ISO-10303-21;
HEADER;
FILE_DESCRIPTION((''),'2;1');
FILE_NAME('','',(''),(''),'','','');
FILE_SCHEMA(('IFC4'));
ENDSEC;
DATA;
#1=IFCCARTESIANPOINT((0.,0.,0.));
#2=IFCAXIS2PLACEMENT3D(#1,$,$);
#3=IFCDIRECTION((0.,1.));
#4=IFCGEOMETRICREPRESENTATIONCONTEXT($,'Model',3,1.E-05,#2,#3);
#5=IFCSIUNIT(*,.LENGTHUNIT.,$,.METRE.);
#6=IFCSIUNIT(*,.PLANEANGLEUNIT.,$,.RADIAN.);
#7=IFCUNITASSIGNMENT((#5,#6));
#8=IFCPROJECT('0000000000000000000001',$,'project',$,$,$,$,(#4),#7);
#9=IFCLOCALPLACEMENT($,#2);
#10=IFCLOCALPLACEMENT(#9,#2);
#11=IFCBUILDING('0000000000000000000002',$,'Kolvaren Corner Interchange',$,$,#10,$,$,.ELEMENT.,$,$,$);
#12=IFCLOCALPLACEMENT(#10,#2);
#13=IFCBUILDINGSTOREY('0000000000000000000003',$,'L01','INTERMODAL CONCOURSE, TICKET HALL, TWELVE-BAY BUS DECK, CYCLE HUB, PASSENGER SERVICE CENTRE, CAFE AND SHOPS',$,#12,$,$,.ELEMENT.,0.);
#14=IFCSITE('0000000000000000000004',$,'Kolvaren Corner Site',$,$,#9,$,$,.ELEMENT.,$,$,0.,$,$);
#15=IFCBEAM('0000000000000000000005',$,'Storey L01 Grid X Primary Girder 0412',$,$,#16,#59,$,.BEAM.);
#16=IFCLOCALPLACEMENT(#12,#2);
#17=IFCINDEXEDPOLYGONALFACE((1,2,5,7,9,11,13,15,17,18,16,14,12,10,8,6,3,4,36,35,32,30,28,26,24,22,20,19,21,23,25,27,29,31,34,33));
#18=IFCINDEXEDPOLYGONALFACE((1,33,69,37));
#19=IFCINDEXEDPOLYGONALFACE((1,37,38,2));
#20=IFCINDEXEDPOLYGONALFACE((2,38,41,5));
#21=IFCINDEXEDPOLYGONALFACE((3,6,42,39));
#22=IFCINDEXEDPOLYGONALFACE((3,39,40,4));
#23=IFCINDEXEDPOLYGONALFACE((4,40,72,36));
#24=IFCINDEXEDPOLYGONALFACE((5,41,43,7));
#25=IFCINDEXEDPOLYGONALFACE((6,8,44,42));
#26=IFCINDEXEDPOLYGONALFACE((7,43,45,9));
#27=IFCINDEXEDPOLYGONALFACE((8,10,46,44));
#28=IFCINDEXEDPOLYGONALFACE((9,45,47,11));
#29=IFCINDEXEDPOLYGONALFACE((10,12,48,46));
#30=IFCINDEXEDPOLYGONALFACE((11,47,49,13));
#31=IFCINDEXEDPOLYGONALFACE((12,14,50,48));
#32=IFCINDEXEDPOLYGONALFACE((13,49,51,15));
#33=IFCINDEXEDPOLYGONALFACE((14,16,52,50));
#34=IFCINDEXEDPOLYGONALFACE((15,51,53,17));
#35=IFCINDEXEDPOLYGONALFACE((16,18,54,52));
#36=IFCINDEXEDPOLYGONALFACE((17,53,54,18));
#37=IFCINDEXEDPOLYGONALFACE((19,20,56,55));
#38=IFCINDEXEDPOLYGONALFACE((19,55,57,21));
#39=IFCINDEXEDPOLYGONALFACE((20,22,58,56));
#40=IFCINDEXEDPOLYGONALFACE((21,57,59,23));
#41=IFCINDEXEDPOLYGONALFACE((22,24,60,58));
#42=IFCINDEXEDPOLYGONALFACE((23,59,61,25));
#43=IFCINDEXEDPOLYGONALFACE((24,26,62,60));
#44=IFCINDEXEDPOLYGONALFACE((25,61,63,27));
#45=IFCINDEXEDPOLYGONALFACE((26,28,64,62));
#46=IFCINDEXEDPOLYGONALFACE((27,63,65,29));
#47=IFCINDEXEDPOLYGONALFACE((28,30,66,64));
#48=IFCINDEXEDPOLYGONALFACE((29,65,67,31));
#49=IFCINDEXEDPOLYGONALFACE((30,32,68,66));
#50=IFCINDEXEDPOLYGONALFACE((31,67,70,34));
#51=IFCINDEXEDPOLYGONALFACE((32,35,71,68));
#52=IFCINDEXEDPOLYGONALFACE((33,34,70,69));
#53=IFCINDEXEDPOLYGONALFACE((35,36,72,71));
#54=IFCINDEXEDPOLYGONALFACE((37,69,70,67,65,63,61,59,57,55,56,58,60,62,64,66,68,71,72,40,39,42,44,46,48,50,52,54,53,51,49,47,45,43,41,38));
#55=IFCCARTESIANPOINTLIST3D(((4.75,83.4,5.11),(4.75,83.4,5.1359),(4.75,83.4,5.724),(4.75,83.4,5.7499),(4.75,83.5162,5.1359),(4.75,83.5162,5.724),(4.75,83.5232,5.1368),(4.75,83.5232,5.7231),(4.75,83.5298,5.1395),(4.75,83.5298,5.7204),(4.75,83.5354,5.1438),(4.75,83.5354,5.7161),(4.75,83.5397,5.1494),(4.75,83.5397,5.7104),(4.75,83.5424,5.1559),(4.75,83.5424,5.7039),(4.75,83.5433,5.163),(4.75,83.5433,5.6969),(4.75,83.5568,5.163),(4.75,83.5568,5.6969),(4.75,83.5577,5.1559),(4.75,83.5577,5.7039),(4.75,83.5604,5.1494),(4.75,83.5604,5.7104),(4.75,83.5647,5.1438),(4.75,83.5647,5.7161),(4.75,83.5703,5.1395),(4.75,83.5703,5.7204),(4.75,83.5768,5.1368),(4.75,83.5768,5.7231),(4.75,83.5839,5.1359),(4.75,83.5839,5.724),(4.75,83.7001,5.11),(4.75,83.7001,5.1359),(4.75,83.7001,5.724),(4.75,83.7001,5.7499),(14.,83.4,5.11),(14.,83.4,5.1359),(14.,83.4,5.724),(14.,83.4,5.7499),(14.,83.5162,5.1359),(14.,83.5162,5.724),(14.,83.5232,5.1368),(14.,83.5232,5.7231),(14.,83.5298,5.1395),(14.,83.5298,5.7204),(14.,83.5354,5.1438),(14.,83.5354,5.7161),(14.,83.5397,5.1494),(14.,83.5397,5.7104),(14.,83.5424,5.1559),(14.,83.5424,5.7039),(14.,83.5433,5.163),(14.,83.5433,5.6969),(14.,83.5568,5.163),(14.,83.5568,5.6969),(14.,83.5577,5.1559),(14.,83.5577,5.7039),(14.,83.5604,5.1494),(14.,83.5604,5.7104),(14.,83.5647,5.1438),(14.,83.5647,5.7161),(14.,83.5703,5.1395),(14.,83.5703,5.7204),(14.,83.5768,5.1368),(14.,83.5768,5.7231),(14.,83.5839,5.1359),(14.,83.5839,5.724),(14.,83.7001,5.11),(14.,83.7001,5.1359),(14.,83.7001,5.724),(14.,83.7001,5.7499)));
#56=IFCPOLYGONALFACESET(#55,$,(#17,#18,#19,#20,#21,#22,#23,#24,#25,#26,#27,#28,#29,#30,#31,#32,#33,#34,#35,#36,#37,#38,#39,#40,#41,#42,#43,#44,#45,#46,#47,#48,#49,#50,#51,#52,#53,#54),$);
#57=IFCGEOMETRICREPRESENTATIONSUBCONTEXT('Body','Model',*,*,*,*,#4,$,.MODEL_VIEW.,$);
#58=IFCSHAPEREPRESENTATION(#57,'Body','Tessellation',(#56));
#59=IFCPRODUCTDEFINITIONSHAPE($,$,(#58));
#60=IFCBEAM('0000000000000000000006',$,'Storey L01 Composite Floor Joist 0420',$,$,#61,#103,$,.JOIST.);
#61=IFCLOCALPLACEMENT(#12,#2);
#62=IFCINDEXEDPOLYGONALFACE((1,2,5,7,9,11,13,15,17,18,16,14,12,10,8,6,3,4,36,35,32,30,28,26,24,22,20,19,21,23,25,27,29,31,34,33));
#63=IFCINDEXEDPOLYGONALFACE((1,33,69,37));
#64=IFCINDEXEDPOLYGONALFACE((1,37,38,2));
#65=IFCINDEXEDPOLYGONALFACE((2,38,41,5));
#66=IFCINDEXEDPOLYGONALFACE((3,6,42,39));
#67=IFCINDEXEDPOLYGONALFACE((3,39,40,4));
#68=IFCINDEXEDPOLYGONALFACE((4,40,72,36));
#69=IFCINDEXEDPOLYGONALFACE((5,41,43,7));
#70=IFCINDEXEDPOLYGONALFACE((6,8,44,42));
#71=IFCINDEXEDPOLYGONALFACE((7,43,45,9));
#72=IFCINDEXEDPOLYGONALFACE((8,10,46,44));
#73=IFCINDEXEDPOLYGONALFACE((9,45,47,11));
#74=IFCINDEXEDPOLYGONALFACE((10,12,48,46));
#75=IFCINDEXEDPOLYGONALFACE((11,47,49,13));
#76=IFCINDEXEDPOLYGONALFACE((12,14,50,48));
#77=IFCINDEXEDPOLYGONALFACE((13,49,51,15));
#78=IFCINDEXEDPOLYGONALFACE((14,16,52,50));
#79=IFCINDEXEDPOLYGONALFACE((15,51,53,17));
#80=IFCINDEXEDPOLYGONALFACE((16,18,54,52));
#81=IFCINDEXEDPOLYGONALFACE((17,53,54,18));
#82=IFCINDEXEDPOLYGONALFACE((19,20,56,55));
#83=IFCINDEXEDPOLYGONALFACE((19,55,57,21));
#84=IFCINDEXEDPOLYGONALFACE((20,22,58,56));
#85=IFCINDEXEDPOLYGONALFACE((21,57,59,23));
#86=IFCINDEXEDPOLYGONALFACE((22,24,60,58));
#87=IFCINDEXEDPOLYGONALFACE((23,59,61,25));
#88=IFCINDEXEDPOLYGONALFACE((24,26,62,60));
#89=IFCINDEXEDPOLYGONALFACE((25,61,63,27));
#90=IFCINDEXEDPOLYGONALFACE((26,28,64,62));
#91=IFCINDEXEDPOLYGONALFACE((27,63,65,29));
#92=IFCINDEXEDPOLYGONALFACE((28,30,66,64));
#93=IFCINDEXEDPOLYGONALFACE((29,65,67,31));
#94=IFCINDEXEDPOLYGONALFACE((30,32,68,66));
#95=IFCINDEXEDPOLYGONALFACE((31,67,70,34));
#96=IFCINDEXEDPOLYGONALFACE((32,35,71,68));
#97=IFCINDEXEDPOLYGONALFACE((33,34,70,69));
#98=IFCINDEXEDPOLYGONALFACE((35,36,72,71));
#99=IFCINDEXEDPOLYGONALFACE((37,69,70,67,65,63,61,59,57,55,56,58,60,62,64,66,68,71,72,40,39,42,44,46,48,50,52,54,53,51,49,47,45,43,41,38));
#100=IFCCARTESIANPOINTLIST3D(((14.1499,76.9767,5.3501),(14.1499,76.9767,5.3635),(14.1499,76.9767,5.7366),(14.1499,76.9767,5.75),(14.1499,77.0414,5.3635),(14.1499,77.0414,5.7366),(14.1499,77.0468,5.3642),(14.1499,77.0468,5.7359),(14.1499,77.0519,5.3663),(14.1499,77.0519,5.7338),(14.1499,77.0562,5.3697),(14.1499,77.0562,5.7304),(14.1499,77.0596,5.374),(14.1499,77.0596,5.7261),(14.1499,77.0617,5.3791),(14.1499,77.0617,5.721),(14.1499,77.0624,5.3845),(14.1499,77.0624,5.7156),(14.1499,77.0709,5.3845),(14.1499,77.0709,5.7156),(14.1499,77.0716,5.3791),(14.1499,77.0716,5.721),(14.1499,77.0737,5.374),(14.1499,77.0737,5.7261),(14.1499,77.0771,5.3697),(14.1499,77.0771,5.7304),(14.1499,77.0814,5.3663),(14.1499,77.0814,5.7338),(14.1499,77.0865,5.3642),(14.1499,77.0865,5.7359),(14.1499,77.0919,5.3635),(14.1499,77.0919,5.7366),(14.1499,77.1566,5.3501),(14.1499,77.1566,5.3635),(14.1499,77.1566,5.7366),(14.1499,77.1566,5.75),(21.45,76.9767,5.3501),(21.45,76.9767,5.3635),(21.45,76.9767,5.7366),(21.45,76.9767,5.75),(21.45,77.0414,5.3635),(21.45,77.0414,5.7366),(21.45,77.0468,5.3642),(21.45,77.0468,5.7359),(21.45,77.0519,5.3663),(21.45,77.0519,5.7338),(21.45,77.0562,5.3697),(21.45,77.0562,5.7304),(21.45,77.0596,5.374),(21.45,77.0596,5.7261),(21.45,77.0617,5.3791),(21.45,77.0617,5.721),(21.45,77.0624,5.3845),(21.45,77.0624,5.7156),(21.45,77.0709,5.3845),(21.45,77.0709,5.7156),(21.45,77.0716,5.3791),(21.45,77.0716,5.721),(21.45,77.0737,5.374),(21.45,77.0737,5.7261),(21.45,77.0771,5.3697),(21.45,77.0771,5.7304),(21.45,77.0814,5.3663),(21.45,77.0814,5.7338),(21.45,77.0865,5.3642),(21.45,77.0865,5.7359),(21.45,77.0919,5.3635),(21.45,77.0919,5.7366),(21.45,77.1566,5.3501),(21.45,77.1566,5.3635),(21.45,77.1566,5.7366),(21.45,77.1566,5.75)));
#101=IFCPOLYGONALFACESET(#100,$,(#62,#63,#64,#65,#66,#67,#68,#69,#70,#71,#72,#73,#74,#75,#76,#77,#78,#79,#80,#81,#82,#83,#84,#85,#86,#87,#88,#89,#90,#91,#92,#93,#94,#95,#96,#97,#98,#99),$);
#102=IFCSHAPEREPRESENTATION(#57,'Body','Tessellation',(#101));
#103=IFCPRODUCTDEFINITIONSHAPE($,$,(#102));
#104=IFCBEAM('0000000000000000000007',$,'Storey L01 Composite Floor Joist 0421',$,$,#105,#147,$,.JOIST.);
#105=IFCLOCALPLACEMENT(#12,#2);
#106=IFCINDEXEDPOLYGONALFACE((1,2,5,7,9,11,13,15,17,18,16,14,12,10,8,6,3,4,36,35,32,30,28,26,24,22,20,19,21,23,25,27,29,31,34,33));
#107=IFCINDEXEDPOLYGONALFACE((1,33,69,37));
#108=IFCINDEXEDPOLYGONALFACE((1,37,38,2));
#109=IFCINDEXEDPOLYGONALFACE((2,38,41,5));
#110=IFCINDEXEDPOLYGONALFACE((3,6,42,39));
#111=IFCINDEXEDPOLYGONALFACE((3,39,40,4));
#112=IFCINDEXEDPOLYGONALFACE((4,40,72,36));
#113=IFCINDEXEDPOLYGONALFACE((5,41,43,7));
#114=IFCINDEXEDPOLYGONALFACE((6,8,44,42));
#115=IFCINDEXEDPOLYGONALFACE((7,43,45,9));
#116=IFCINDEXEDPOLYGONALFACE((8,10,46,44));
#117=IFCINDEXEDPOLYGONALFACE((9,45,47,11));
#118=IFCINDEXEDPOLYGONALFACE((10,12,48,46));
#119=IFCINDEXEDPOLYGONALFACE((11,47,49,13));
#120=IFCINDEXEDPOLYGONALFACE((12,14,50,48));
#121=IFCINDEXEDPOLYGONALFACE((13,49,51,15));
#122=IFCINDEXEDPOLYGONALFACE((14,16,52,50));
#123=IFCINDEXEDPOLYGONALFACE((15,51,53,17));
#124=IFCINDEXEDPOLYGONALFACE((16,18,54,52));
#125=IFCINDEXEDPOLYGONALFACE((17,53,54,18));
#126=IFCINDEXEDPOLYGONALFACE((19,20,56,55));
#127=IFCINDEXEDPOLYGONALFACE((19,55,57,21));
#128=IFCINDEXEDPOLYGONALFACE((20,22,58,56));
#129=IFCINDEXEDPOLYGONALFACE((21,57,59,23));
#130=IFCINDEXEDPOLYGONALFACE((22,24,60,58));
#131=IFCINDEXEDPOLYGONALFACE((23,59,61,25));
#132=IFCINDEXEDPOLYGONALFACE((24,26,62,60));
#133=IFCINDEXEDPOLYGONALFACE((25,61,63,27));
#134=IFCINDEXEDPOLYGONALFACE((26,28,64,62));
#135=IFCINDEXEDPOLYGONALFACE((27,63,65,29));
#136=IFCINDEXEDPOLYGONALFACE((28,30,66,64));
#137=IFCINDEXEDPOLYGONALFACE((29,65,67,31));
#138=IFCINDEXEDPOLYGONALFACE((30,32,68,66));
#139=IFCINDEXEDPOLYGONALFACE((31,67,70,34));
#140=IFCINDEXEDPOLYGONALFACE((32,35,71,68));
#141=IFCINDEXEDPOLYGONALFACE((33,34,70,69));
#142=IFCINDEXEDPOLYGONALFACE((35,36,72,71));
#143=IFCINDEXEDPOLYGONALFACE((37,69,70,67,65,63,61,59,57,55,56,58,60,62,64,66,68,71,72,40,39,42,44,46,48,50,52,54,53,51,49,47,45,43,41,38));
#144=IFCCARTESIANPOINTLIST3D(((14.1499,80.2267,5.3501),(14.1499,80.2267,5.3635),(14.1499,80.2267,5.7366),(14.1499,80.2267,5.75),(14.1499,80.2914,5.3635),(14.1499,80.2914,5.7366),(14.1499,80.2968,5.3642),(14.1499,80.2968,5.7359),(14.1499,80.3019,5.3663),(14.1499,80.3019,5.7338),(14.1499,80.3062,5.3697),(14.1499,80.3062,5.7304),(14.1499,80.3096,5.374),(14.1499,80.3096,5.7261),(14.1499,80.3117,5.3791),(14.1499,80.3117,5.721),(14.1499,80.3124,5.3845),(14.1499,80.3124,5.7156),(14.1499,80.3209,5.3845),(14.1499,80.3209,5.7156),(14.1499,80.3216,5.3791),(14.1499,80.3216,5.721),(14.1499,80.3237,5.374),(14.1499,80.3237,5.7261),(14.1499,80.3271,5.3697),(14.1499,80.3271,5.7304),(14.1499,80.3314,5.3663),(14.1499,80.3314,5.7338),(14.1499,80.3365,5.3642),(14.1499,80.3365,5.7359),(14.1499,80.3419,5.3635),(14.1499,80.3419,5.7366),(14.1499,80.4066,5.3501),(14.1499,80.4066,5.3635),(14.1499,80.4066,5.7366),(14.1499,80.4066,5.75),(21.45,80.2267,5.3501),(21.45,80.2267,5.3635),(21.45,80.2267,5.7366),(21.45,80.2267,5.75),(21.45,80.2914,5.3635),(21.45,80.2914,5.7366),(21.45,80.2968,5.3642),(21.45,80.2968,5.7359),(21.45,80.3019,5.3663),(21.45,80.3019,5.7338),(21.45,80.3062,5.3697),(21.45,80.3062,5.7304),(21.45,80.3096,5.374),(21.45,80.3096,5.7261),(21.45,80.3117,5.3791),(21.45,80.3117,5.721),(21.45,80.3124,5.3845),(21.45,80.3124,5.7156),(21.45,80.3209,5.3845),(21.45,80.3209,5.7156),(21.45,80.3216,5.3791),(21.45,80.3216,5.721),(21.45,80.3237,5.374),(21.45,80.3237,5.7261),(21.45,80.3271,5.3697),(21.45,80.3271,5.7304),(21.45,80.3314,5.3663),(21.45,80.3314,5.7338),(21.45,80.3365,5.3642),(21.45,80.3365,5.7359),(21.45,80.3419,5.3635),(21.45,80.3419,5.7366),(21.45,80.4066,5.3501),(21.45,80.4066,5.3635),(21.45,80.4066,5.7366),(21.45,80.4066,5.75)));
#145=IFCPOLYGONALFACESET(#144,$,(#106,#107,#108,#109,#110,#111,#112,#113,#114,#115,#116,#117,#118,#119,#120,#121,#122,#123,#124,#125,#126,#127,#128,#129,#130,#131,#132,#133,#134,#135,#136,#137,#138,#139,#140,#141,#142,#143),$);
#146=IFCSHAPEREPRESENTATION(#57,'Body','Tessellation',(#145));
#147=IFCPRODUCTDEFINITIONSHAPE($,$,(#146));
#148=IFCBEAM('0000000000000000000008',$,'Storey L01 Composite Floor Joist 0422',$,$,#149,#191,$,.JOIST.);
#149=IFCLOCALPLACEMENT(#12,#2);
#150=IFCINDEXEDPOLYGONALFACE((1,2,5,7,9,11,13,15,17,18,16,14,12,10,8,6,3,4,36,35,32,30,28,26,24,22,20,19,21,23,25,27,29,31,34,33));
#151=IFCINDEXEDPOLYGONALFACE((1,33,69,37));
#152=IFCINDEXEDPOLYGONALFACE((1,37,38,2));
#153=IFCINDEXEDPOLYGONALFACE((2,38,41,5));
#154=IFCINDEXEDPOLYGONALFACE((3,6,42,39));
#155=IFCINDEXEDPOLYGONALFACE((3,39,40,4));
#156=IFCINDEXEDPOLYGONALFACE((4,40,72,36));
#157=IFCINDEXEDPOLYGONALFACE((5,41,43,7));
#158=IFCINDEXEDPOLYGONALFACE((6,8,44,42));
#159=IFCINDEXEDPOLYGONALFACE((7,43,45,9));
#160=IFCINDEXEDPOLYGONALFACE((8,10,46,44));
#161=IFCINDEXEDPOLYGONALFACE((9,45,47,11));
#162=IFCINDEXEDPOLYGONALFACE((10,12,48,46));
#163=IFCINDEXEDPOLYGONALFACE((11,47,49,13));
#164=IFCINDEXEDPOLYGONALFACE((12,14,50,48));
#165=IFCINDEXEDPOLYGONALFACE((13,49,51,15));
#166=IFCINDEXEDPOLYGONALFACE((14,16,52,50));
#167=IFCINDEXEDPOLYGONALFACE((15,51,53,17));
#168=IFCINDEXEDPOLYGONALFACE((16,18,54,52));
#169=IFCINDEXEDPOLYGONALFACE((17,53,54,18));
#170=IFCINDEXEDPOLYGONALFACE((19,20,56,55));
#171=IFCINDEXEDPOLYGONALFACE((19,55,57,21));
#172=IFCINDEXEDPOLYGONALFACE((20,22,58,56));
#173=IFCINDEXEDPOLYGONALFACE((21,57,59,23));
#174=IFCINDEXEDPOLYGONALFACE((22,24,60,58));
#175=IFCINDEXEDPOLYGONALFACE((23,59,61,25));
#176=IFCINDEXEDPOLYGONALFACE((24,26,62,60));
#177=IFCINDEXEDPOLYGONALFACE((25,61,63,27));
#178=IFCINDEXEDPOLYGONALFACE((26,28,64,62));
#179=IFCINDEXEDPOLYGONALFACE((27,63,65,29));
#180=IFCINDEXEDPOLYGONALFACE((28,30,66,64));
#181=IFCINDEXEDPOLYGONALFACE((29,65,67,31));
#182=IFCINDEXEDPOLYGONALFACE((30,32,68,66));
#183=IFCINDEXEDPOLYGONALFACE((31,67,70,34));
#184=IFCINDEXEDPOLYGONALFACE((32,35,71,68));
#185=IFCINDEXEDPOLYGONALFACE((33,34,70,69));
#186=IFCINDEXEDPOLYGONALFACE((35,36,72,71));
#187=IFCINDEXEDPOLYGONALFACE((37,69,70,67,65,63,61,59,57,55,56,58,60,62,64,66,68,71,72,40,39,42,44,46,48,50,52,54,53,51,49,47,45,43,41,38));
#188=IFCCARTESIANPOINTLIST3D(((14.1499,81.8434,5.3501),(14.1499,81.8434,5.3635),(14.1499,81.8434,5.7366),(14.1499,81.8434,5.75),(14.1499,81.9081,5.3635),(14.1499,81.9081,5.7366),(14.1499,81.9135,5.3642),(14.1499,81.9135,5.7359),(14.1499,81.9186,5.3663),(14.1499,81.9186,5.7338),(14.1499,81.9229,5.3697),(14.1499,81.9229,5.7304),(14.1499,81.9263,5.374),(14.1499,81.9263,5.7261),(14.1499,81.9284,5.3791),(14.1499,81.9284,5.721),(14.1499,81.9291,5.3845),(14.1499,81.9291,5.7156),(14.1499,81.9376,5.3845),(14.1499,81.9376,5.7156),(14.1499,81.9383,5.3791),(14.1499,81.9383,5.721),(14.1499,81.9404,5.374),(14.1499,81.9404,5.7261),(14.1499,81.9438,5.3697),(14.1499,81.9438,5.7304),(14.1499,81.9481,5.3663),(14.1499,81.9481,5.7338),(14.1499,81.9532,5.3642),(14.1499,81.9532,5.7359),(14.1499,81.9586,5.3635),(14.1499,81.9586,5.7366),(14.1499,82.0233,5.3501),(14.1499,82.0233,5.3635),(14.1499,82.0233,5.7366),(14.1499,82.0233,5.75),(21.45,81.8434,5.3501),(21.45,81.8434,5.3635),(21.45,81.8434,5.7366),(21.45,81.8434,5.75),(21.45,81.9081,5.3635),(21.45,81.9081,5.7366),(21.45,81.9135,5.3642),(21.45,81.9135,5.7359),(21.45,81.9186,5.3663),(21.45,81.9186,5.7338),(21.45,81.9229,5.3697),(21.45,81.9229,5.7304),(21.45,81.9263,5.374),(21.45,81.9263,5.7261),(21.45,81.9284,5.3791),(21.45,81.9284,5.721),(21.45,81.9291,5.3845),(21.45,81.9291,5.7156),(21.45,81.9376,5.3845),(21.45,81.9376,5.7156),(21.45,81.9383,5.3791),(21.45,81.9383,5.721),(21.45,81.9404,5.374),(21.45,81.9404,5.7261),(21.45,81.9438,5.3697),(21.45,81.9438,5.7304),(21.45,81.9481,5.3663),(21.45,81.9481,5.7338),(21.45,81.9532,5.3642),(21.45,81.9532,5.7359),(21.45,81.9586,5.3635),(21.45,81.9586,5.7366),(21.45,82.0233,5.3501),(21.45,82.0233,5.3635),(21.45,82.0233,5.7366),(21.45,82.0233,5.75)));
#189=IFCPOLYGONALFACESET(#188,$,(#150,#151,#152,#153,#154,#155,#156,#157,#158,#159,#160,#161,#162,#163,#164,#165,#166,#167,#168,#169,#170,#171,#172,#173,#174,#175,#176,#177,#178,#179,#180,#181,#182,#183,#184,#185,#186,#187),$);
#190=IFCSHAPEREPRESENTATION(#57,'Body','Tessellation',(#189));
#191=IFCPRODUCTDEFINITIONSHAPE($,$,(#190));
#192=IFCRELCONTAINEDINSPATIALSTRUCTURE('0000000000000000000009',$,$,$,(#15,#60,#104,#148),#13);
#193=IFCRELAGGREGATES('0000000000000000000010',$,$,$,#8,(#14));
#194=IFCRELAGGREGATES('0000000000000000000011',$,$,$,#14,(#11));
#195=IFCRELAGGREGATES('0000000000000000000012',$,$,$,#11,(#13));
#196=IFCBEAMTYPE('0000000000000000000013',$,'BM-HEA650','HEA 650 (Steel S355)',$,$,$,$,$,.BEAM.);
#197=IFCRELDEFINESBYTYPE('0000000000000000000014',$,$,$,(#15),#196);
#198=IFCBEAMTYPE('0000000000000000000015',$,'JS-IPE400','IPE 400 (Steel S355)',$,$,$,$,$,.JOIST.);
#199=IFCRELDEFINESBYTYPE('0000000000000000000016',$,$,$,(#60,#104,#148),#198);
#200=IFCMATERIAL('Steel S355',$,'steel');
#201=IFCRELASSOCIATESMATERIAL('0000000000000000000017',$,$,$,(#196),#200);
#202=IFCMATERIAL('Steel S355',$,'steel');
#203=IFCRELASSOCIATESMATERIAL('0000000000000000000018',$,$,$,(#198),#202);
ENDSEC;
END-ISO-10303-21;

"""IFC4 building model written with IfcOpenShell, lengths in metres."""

from ifc_helpers import new_model, si_unit, direction, frame, origin, origin_2d, place, context, subcontext, project, spatial, i_section, extrude, material, material_profile, profile_set, type_object, element, save


model = new_model("IFC4")

# Units and contexts
model_context = context("Model", 3, precision=1e-05, world=origin(), true_north=direction((0.0, 1.0)))
body_context = subcontext(model_context, "Body", "Model", "MODEL_VIEW")
ifc_project = project(units=[si_unit("LENGTHUNIT", "METRE"), si_unit("PLANEANGLEUNIT", "RADIAN")], contexts=[model_context])

# Site, building, storey
site_placement = place(None, origin())
site = spatial("IfcSite", under=ifc_project, at=site_placement, Name="Kolvaren Corner Site", CompositionType="ELEMENT", RefElevation=0.0)
building_placement = place(site_placement, origin())
building = spatial("IfcBuilding", under=site, at=building_placement, Name="Kolvaren Corner Interchange", CompositionType="ELEMENT")
storey_placement = place(building_placement, origin())
storey = spatial("IfcBuildingStorey", under=building, at=storey_placement, Name="L01", Description="INTERMODAL CONCOURSE, TICKET HALL, TWELVE-BAY BUS DECK, CYCLE HUB, PASSENGER SERVICE CENTRE, CAFE AND SHOPS", CompositionType="ELEMENT", Elevation=0.0)

# Beams
ifc_material_1 = material(Name="Steel S355", Category="steel")
ifc_material_profile_1 = material_profile(ifc_material_1, i_section(OverallWidth=0.3, OverallDepth=0.6399, WebThickness=0.0134, FlangeThickness=0.0259, FilletRadius=0.0271, at=origin_2d()), Name="HEA 650")
ifc_profile_set_1 = profile_set([ifc_material_profile_1], Name="Steel S355")
beam_type_1 = type_object("IfcBeamType", Name="BM-HEA650", Description="HEA 650 (Steel S355)", PredefinedType="BEAM", material=ifc_profile_set_1)
beam_1_placement = place(storey_placement, frame((4.75, 83.55, 5.4299), z_axis=(1.0, 0.0, 0.0), x_axis=(0.0, 1.0, 0.0)))
element("IfcBeam", 1, at=beam_1_placement, inside=storey, type_object=beam_type_1, Name="Storey L01 Grid X Primary Girder 0412", PredefinedType="BEAM", context=body_context, shape_type="SweptSolid", body=[
    extrude(i_section(OverallWidth=0.3, OverallDepth=0.6399, WebThickness=0.0134, FlangeThickness=0.0259, FilletRadius=0.0271, at=origin_2d()), origin(), (0.0, 0.0, 1.0), 9.25),
])
ifc_material_2 = material(Name="Steel S355", Category="steel")
ifc_material_profile_2 = material_profile(ifc_material_2, i_section(OverallWidth=0.1799, OverallDepth=0.3999, WebThickness=0.0085, FlangeThickness=0.0134, FilletRadius=0.021, at=origin_2d()), Name="IPE 400")
ifc_profile_set_2 = profile_set([ifc_material_profile_2], Name="Steel S355")
beam_type_2 = type_object("IfcBeamType", Name="JS-IPE400", Description="IPE 400 (Steel S355)", PredefinedType="JOIST", material=ifc_profile_set_2)
for number, where, z_axis, x_axis, name in (
    (2, (14.1499, 77.0667, 5.55), (1.0, 0.0, 0.0), (0.0, 1.0, 0.0), "Storey L01 Composite Floor Joist 0420"),
    (3, (14.1499, 80.3167, 5.55), (1.0, 0.0, 0.0), (0.0, 1.0, 0.0), "Storey L01 Composite Floor Joist 0421"),
    (4, (14.1499, 81.9333, 5.55), (1.0, 0.0, 0.0), (0.0, 1.0, 0.0), "Storey L01 Composite Floor Joist 0422"),
):
    element("IfcBeam", number, at=place(storey_placement, frame(where, z_axis=z_axis, x_axis=x_axis)), inside=storey, type_object=beam_type_2, Name=name, PredefinedType="JOIST", context=body_context, shape_type="SweptSolid", body=[
        extrude(i_section(OverallWidth=0.1799, OverallDepth=0.3999, WebThickness=0.0085, FlangeThickness=0.0134, FilletRadius=0.021, at=origin_2d()), origin(), (0.0, 0.0, 1.0), 7.3),
    ])

save(model, "model.ifc")
